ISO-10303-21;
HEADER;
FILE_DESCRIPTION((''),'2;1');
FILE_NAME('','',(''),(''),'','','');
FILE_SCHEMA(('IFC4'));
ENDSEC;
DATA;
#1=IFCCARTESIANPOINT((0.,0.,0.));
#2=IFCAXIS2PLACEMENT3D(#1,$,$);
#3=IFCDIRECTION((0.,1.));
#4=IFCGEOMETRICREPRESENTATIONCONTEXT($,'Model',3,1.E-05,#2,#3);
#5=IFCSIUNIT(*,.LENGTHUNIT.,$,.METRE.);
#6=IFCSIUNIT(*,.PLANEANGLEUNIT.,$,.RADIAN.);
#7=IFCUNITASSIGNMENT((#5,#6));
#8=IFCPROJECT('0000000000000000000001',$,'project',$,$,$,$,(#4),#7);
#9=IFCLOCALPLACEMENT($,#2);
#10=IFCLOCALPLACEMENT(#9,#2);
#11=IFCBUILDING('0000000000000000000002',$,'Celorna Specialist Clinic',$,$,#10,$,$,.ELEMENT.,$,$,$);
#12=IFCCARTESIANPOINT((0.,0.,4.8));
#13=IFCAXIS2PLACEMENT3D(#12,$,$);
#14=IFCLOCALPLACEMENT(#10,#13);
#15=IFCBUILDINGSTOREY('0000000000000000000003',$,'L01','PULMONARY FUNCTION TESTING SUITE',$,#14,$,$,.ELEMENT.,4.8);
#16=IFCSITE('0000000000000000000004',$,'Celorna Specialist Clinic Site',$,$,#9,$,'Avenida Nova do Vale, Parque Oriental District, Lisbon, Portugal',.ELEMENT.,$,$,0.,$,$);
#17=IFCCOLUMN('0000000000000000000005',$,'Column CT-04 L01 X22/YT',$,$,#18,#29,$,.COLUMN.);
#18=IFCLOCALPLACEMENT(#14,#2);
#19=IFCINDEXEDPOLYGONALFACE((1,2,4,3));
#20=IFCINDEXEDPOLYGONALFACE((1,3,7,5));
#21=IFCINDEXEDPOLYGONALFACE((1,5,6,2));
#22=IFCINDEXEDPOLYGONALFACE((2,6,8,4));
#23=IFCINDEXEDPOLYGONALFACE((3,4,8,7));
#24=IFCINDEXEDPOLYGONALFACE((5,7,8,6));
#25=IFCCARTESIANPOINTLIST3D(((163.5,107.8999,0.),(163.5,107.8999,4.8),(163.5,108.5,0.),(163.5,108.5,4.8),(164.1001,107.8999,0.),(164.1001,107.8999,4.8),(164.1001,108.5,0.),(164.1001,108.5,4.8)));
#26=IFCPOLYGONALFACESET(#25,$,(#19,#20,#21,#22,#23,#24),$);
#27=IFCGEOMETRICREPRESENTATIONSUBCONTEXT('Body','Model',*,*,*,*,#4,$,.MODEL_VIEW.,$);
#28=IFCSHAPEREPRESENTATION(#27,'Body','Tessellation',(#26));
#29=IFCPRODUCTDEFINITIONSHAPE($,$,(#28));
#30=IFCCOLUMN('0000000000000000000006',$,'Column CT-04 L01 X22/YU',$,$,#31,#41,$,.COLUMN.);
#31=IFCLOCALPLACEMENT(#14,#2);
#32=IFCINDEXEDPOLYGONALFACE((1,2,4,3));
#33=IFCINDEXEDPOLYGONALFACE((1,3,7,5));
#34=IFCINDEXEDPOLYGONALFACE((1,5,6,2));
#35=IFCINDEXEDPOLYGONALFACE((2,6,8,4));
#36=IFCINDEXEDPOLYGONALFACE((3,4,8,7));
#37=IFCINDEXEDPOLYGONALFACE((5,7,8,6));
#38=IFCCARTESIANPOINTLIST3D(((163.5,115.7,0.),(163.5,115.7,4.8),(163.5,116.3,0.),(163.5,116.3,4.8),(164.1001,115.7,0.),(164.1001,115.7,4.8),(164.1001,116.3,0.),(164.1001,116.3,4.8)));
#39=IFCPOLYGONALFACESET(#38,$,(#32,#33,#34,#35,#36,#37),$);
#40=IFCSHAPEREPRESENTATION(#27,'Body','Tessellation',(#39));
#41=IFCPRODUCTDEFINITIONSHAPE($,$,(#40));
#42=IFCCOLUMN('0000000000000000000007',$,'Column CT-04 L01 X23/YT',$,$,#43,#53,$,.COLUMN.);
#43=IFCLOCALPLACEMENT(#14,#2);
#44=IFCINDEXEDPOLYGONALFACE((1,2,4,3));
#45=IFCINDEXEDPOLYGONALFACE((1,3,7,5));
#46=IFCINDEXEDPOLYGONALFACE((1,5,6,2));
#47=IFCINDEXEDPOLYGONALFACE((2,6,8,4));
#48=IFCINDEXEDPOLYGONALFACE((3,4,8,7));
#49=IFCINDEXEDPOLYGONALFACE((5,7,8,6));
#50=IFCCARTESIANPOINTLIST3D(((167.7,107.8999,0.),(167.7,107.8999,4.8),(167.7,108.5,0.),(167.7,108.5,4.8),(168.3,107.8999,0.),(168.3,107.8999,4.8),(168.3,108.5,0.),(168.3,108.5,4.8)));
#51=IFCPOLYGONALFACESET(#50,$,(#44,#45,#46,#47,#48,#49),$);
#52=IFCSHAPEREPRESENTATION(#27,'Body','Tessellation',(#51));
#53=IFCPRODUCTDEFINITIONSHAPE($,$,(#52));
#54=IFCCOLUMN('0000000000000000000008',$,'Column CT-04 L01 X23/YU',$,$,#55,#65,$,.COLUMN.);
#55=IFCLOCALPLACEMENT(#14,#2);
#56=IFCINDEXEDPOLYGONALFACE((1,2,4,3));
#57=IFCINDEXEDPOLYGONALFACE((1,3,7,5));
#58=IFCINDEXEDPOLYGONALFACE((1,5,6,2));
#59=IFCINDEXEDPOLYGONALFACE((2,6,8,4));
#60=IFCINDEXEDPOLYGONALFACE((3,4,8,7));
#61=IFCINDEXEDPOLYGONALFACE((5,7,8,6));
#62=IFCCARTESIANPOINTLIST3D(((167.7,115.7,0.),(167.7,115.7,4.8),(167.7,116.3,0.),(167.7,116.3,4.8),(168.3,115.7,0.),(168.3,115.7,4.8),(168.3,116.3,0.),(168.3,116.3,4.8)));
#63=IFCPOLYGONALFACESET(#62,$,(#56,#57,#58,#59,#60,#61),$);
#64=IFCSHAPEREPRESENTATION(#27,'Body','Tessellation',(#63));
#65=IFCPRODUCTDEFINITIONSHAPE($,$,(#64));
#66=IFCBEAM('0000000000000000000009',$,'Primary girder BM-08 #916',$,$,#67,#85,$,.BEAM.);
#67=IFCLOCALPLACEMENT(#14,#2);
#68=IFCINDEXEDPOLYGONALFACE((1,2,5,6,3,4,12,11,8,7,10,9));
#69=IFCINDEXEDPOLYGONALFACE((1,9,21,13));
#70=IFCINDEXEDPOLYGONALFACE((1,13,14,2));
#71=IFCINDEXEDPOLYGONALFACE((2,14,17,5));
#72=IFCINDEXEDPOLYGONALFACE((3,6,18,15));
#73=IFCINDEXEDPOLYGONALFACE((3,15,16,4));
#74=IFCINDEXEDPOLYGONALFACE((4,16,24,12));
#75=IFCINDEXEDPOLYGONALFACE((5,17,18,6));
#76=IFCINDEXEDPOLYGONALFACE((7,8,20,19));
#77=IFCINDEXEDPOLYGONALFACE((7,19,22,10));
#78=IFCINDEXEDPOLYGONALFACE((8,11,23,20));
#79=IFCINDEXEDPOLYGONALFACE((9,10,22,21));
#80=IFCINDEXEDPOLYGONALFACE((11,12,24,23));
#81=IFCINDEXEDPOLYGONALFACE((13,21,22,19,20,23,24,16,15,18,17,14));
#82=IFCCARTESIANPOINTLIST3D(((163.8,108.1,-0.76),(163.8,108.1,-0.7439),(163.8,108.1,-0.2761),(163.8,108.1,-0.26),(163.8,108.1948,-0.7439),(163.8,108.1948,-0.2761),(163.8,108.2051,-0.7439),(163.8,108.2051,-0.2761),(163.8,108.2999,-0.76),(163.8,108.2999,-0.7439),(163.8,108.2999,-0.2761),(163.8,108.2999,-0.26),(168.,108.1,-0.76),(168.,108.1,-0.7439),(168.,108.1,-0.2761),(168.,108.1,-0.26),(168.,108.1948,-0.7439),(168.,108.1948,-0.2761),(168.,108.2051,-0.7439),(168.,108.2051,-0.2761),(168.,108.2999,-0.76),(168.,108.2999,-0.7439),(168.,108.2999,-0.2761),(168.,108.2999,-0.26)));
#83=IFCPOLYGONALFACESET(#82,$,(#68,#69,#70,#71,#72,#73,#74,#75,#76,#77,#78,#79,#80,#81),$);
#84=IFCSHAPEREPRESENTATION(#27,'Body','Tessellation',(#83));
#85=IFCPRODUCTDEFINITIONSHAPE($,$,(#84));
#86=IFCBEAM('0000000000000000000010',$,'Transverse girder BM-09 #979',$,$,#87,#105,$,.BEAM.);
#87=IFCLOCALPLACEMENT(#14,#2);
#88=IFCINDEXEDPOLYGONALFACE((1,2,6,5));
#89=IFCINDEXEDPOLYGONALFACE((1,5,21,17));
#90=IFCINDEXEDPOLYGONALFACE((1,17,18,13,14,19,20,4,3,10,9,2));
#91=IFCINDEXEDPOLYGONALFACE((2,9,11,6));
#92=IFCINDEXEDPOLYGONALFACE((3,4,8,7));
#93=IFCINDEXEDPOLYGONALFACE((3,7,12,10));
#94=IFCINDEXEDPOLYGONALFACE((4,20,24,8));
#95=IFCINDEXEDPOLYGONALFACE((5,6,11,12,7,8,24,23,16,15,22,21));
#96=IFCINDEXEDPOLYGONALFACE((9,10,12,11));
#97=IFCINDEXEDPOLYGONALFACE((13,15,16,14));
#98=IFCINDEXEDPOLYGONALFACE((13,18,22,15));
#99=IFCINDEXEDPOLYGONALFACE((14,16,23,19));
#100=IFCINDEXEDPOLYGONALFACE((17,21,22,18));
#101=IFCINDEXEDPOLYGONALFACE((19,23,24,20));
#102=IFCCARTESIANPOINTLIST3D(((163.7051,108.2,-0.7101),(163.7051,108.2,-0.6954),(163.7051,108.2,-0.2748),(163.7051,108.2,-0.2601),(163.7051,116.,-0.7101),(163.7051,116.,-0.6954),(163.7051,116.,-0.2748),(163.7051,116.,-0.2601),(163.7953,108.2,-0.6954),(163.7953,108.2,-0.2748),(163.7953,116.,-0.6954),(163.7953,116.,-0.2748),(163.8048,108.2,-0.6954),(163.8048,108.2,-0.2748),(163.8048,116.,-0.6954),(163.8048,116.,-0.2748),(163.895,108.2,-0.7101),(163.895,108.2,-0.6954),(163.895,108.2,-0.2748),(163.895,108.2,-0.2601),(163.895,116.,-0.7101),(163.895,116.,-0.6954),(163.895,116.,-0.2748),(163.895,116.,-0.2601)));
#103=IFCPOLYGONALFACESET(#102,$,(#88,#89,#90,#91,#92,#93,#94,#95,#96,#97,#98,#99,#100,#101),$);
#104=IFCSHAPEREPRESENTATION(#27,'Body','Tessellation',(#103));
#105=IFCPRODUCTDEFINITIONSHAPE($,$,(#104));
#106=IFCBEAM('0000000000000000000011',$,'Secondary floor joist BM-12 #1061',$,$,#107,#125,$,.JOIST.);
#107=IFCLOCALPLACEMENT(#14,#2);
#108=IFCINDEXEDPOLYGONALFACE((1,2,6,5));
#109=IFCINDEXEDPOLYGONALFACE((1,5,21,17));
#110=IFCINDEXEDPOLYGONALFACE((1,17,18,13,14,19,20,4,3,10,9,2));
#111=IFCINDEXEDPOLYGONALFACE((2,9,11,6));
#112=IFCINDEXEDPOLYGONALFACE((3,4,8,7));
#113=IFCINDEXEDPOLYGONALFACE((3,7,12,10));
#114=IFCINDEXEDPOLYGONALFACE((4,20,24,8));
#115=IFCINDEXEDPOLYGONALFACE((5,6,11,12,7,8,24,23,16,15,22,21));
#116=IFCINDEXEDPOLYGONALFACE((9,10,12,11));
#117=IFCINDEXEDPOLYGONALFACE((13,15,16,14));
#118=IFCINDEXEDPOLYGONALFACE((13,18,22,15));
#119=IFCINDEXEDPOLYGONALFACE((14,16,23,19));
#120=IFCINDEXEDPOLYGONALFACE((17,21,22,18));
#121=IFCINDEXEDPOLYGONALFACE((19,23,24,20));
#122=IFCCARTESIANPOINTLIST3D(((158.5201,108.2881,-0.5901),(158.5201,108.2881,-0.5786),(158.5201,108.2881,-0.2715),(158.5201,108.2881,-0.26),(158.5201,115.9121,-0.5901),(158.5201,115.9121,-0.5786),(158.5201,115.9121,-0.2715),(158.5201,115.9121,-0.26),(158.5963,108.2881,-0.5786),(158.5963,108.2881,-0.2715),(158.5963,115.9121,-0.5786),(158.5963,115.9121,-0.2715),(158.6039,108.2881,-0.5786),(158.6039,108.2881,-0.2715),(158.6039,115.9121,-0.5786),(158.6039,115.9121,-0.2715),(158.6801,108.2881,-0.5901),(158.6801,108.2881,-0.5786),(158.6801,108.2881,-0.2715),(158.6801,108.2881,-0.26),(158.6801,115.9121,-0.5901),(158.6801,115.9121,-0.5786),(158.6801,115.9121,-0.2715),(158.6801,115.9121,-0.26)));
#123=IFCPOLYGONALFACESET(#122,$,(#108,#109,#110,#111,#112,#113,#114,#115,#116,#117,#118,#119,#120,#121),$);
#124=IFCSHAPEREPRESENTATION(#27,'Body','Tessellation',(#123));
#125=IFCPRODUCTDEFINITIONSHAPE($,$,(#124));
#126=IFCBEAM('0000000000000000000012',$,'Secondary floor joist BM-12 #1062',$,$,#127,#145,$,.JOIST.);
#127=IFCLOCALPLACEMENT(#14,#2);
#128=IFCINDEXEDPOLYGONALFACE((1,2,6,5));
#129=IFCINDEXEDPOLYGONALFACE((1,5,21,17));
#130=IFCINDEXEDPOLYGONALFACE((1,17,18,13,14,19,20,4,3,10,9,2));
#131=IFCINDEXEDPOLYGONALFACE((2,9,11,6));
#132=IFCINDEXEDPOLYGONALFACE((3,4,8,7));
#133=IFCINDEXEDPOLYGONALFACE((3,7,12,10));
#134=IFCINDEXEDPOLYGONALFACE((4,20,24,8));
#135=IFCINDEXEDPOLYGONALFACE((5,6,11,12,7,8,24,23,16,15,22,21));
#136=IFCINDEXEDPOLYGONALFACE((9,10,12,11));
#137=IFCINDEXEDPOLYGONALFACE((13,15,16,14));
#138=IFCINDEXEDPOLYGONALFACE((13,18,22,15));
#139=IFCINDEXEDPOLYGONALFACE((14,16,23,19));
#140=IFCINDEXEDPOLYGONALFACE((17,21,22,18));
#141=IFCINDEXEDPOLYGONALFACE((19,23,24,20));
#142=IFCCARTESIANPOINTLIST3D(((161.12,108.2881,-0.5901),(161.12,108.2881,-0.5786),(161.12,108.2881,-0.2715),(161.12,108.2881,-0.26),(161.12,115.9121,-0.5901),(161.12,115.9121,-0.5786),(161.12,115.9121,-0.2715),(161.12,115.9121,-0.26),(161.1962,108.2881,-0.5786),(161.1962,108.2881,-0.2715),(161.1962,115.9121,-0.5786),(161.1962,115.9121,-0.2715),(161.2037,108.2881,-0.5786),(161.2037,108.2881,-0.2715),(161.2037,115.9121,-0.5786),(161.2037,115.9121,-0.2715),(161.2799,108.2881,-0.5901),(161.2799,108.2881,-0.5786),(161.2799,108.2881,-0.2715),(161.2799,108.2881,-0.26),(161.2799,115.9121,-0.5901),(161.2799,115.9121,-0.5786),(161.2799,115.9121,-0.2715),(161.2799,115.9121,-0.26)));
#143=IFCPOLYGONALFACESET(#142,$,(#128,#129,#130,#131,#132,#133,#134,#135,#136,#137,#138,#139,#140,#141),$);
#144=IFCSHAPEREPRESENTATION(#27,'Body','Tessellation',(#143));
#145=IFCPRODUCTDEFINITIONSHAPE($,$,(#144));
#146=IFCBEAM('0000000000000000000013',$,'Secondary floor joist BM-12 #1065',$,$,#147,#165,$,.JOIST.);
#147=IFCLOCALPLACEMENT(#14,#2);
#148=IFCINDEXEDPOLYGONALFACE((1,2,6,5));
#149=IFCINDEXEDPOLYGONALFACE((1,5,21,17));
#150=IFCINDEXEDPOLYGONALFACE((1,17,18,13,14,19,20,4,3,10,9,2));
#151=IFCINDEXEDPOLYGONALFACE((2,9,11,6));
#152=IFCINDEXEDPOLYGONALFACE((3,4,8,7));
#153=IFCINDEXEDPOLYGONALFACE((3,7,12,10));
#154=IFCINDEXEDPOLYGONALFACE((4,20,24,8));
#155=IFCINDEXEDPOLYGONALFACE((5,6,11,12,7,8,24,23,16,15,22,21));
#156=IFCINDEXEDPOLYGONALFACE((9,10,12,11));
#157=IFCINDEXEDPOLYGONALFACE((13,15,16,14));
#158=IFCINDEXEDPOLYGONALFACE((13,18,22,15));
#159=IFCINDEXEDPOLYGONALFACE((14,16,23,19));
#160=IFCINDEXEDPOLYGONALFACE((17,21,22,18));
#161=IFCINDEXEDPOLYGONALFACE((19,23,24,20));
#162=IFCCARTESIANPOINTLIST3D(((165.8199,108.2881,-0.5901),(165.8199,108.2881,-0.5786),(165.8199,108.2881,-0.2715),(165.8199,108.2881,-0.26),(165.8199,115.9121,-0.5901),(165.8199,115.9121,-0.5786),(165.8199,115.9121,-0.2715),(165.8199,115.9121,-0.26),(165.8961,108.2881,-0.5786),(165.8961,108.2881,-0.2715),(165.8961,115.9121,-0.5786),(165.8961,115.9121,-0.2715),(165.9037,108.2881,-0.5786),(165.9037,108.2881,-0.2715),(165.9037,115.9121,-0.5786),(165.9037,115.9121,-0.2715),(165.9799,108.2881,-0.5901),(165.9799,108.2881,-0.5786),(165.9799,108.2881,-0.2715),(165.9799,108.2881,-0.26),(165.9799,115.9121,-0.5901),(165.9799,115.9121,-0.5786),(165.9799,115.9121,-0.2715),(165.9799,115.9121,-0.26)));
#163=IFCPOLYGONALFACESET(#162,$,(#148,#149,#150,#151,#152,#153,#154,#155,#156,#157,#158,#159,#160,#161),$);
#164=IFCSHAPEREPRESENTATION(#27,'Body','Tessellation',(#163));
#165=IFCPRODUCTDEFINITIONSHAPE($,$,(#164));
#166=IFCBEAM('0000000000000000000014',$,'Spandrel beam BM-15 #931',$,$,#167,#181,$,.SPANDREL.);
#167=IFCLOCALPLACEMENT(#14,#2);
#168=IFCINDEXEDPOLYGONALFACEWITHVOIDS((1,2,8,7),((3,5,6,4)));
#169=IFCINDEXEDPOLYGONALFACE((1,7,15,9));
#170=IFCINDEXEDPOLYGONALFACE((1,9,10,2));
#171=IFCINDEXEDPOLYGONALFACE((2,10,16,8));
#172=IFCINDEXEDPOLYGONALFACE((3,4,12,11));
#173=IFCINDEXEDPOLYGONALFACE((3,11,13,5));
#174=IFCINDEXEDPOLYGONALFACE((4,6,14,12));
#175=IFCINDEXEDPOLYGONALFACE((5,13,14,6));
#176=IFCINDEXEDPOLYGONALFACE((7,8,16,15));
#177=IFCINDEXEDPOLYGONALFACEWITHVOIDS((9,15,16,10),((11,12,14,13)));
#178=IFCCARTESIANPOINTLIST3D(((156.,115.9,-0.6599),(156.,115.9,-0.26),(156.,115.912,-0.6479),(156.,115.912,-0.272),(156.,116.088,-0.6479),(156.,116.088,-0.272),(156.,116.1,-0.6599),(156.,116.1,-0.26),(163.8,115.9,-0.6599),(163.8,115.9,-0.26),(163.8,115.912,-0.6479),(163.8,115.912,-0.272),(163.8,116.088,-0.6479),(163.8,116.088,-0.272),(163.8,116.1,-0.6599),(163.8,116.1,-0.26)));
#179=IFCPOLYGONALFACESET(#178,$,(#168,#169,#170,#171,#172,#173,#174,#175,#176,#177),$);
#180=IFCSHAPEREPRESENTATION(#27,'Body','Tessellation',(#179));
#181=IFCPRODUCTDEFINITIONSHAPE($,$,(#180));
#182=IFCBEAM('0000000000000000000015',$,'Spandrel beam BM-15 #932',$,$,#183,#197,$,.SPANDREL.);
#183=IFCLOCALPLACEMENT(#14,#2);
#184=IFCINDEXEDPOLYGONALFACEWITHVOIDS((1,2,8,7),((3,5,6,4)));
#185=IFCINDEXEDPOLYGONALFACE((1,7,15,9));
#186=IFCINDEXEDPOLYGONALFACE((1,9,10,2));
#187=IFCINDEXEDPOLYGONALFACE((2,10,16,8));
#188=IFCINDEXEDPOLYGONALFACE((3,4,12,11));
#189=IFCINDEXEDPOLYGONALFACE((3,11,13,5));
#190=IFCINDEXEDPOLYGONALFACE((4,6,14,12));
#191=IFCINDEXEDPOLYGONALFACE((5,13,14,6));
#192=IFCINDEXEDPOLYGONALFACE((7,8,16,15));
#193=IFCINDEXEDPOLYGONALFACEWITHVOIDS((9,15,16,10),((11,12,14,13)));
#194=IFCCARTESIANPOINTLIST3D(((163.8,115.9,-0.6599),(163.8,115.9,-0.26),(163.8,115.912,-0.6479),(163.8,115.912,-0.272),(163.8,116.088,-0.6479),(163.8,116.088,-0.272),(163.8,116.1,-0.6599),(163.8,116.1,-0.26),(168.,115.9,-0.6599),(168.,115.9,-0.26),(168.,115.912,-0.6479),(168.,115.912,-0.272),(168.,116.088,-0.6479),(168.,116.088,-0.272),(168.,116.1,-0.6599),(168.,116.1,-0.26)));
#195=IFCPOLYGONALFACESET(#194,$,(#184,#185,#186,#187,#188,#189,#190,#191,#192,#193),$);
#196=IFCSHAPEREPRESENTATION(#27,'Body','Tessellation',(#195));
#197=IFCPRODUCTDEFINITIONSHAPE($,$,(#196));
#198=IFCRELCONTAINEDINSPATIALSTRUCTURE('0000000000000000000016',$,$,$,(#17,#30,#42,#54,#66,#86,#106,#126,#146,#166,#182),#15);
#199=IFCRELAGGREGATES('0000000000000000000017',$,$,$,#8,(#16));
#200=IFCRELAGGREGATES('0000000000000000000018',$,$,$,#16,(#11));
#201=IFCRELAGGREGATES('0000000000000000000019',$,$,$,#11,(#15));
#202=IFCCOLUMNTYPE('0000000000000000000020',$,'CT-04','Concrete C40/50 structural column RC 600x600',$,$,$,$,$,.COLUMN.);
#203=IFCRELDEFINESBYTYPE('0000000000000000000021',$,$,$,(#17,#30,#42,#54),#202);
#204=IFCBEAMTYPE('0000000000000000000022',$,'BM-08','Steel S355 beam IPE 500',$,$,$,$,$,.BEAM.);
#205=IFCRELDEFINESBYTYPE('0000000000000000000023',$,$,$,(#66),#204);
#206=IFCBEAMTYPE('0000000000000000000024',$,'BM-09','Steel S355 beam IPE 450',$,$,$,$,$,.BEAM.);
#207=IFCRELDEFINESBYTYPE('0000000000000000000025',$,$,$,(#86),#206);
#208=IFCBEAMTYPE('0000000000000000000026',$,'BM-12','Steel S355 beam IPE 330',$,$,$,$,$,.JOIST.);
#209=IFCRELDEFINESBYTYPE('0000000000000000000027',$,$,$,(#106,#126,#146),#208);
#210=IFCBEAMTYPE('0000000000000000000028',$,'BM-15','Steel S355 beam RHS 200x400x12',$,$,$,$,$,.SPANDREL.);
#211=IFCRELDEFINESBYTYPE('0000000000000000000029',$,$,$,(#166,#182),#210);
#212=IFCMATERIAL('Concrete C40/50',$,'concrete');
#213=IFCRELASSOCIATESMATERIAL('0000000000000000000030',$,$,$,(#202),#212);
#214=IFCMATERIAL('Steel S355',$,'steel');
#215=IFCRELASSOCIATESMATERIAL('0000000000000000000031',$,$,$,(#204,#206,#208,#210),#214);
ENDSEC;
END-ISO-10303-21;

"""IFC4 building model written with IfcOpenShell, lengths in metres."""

from ifc_helpers import new_model, si_unit, direction, frame, origin, origin_2d, place, context, subcontext, project, spatial, rectangle, hollow_rectangle, i_section, extrude, material, material_profile, profile_set, type_object, element, save


model = new_model("IFC4")

# Units and contexts
model_context = context("Model", 3, precision=1e-05, world=origin(), true_north=direction((0.0, 1.0)))
body_context = subcontext(model_context, "Body", "Model", "MODEL_VIEW")
ifc_project = project(units=[si_unit("LENGTHUNIT", "METRE"), si_unit("PLANEANGLEUNIT", "RADIAN")], contexts=[model_context])

# Site, building, storey
site_placement = place(None, origin())
site = spatial("IfcSite", under=ifc_project, at=site_placement, Name="Celorna Specialist Clinic Site", LongName="Avenida Nova do Vale, Parque Oriental District, Lisbon, Portugal", CompositionType="ELEMENT", RefElevation=0.0)
building_placement = place(site_placement, origin())
building = spatial("IfcBuilding", under=site, at=building_placement, Name="Celorna Specialist Clinic", CompositionType="ELEMENT")
storey_placement = place(building_placement, frame((0.0, 0.0, 4.8)))
storey = spatial("IfcBuildingStorey", under=building, at=storey_placement, Name="L01", Description="PULMONARY FUNCTION TESTING SUITE", CompositionType="ELEMENT", Elevation=4.8)

# Columns
ifc_material_1 = material(Name="Concrete C40/50", Category="concrete")
ifc_material_profile_1 = material_profile(ifc_material_1, rectangle(XDim=0.6001, YDim=0.6001, at=origin_2d()), Name="RC 600x600")
ifc_profile_set_1 = profile_set([ifc_material_profile_1], Name="Concrete C40/50")
column_type = type_object("IfcColumnType", Name="CT-04", Description="Concrete C40/50 structural column RC 600x600", PredefinedType="COLUMN", material=ifc_profile_set_1)
for number, where, z_axis, x_axis, name in (
    (1, (163.8, 108.2, 0.0), (0.0, 0.0, 1.0), (1.0, 0.0, 0.0), "Column CT-04 L01 X22/YT"),
    (2, (163.8, 116.0, 0.0), (0.0, 0.0, 1.0), (1.0, 0.0, 0.0), "Column CT-04 L01 X22/YU"),
    (3, (168.0, 108.2, 0.0), (0.0, 0.0, 1.0), (1.0, 0.0, 0.0), "Column CT-04 L01 X23/YT"),
    (4, (168.0, 116.0, 0.0), (0.0, 0.0, 1.0), (1.0, 0.0, 0.0), "Column CT-04 L01 X23/YU"),
):
    element("IfcColumn", number, at=place(storey_placement, frame(where, z_axis=z_axis, x_axis=x_axis)), inside=storey, type_object=column_type, Name=name, PredefinedType="COLUMN", context=body_context, shape_type="SweptSolid", body=[
        extrude(rectangle(XDim=0.6001, YDim=0.6001, at=origin_2d()), origin(), (0.0, 0.0, 1.0), 4.8),
    ])

# Beams
ifc_material_2 = material(Name="Steel S355", Category="steel")
ifc_material_profile_2 = material_profile(ifc_material_2, i_section(OverallWidth=0.2, OverallDepth=0.5, WebThickness=0.0103, FlangeThickness=0.0161, at=origin_2d()), Name="IPE 500")
ifc_profile_set_2 = profile_set([ifc_material_profile_2], Name="Steel S355")
beam_type_1 = type_object("IfcBeamType", Name="BM-08", Description="Steel S355 beam IPE 500", PredefinedType="BEAM", material=ifc_profile_set_2)
beam_1_placement = place(storey_placement, frame((163.8, 108.2, -0.51), z_axis=(1.0, 0.0, 0.0), x_axis=(0.0, 1.0, 0.0)))
element("IfcBeam", 5, at=beam_1_placement, inside=storey, type_object=beam_type_1, Name="Primary girder BM-08 #916", PredefinedType="BEAM", context=body_context, shape_type="SweptSolid", body=[
    extrude(i_section(OverallWidth=0.2, OverallDepth=0.5, WebThickness=0.0103, FlangeThickness=0.0161, at=origin_2d()), origin(), (0.0, 0.0, 1.0), 4.2),
])
ifc_material_profile_3 = material_profile(ifc_material_2, i_section(OverallWidth=0.1899, OverallDepth=0.45, WebThickness=0.0095, FlangeThickness=0.0146, at=origin_2d()), Name="IPE 450")
ifc_profile_set_3 = profile_set([ifc_material_profile_3], Name="Steel S355")
beam_type_2 = type_object("IfcBeamType", Name="BM-09", Description="Steel S355 beam IPE 450", PredefinedType="BEAM", material=ifc_profile_set_3)
beam_2_placement = place(storey_placement, frame((163.8, 108.2, -0.4851), z_axis=(0.0, 1.0, 0.0), x_axis=(-1.0, 0.0, 0.0)))
element("IfcBeam", 6, at=beam_2_placement, inside=storey, type_object=beam_type_2, Name="Transverse girder BM-09 #979", PredefinedType="BEAM", context=body_context, shape_type="SweptSolid", body=[
    extrude(i_section(OverallWidth=0.1899, OverallDepth=0.45, WebThickness=0.0095, FlangeThickness=0.0146, at=origin_2d()), origin(), (0.0, 0.0, 1.0), 7.8),
])
ifc_material_profile_4 = material_profile(ifc_material_2, i_section(OverallWidth=0.1599, OverallDepth=0.3301, WebThickness=0.0076, FlangeThickness=0.0115, at=origin_2d()), Name="IPE 330")
ifc_profile_set_4 = profile_set([ifc_material_profile_4], Name="Steel S355")
beam_type_3 = type_object("IfcBeamType", Name="BM-12", Description="Steel S355 beam IPE 330", PredefinedType="JOIST", material=ifc_profile_set_4)
for number, where, z_axis, x_axis, name in (
    (7, (158.6001, 108.2881, -0.425), (0.0, 1.0, 0.0), (-1.0, 0.0, 0.0), "Secondary floor joist BM-12 #1061"),
    (8, (161.2, 108.2881, -0.425), (0.0, 1.0, 0.0), (-1.0, 0.0, 0.0), "Secondary floor joist BM-12 #1062"),
    (9, (165.8999, 108.2881, -0.425), (0.0, 1.0, 0.0), (-1.0, 0.0, 0.0), "Secondary floor joist BM-12 #1065"),
):
    element("IfcBeam", number, at=place(storey_placement, frame(where, z_axis=z_axis, x_axis=x_axis)), inside=storey, type_object=beam_type_3, Name=name, PredefinedType="JOIST", context=body_context, shape_type="SweptSolid", body=[
        extrude(i_section(OverallWidth=0.1599, OverallDepth=0.3301, WebThickness=0.0076, FlangeThickness=0.0115, at=origin_2d()), origin(), (0.0, 0.0, 1.0), 7.624),
    ])
ifc_material_profile_5 = material_profile(ifc_material_2, hollow_rectangle(XDim=0.2, YDim=0.3999, WallThickness=0.012, at=origin_2d()), Name="RHS 200x400x12")
ifc_profile_set_5 = profile_set([ifc_material_profile_5], Name="Steel S355")
beam_type_4 = type_object("IfcBeamType", Name="BM-15", Description="Steel S355 beam RHS 200x400x12", PredefinedType="SPANDREL", material=ifc_profile_set_5)
beam_3_placement = place(storey_placement, frame((156.0, 116.0, -0.46), z_axis=(1.0, 0.0, 0.0), x_axis=(0.0, 1.0, 0.0)))
element("IfcBeam", 10, at=beam_3_placement, inside=storey, type_object=beam_type_4, Name="Spandrel beam BM-15 #931", PredefinedType="SPANDREL", context=body_context, shape_type="SweptSolid", body=[
    extrude(hollow_rectangle(XDim=0.2, YDim=0.3999, WallThickness=0.012, at=origin_2d()), origin(), (0.0, 0.0, 1.0), 7.8),
])
beam_4_placement = place(storey_placement, frame((163.8, 116.0, -0.46), z_axis=(1.0, 0.0, 0.0), x_axis=(0.0, 1.0, 0.0)))
element("IfcBeam", 11, at=beam_4_placement, inside=storey, type_object=beam_type_4, Name="Spandrel beam BM-15 #932", PredefinedType="SPANDREL", context=body_context, shape_type="SweptSolid", body=[
    extrude(hollow_rectangle(XDim=0.2, YDim=0.3999, WallThickness=0.012, at=origin_2d()), origin(), (0.0, 0.0, 1.0), 4.2),
])

save(model, "model.ifc")
